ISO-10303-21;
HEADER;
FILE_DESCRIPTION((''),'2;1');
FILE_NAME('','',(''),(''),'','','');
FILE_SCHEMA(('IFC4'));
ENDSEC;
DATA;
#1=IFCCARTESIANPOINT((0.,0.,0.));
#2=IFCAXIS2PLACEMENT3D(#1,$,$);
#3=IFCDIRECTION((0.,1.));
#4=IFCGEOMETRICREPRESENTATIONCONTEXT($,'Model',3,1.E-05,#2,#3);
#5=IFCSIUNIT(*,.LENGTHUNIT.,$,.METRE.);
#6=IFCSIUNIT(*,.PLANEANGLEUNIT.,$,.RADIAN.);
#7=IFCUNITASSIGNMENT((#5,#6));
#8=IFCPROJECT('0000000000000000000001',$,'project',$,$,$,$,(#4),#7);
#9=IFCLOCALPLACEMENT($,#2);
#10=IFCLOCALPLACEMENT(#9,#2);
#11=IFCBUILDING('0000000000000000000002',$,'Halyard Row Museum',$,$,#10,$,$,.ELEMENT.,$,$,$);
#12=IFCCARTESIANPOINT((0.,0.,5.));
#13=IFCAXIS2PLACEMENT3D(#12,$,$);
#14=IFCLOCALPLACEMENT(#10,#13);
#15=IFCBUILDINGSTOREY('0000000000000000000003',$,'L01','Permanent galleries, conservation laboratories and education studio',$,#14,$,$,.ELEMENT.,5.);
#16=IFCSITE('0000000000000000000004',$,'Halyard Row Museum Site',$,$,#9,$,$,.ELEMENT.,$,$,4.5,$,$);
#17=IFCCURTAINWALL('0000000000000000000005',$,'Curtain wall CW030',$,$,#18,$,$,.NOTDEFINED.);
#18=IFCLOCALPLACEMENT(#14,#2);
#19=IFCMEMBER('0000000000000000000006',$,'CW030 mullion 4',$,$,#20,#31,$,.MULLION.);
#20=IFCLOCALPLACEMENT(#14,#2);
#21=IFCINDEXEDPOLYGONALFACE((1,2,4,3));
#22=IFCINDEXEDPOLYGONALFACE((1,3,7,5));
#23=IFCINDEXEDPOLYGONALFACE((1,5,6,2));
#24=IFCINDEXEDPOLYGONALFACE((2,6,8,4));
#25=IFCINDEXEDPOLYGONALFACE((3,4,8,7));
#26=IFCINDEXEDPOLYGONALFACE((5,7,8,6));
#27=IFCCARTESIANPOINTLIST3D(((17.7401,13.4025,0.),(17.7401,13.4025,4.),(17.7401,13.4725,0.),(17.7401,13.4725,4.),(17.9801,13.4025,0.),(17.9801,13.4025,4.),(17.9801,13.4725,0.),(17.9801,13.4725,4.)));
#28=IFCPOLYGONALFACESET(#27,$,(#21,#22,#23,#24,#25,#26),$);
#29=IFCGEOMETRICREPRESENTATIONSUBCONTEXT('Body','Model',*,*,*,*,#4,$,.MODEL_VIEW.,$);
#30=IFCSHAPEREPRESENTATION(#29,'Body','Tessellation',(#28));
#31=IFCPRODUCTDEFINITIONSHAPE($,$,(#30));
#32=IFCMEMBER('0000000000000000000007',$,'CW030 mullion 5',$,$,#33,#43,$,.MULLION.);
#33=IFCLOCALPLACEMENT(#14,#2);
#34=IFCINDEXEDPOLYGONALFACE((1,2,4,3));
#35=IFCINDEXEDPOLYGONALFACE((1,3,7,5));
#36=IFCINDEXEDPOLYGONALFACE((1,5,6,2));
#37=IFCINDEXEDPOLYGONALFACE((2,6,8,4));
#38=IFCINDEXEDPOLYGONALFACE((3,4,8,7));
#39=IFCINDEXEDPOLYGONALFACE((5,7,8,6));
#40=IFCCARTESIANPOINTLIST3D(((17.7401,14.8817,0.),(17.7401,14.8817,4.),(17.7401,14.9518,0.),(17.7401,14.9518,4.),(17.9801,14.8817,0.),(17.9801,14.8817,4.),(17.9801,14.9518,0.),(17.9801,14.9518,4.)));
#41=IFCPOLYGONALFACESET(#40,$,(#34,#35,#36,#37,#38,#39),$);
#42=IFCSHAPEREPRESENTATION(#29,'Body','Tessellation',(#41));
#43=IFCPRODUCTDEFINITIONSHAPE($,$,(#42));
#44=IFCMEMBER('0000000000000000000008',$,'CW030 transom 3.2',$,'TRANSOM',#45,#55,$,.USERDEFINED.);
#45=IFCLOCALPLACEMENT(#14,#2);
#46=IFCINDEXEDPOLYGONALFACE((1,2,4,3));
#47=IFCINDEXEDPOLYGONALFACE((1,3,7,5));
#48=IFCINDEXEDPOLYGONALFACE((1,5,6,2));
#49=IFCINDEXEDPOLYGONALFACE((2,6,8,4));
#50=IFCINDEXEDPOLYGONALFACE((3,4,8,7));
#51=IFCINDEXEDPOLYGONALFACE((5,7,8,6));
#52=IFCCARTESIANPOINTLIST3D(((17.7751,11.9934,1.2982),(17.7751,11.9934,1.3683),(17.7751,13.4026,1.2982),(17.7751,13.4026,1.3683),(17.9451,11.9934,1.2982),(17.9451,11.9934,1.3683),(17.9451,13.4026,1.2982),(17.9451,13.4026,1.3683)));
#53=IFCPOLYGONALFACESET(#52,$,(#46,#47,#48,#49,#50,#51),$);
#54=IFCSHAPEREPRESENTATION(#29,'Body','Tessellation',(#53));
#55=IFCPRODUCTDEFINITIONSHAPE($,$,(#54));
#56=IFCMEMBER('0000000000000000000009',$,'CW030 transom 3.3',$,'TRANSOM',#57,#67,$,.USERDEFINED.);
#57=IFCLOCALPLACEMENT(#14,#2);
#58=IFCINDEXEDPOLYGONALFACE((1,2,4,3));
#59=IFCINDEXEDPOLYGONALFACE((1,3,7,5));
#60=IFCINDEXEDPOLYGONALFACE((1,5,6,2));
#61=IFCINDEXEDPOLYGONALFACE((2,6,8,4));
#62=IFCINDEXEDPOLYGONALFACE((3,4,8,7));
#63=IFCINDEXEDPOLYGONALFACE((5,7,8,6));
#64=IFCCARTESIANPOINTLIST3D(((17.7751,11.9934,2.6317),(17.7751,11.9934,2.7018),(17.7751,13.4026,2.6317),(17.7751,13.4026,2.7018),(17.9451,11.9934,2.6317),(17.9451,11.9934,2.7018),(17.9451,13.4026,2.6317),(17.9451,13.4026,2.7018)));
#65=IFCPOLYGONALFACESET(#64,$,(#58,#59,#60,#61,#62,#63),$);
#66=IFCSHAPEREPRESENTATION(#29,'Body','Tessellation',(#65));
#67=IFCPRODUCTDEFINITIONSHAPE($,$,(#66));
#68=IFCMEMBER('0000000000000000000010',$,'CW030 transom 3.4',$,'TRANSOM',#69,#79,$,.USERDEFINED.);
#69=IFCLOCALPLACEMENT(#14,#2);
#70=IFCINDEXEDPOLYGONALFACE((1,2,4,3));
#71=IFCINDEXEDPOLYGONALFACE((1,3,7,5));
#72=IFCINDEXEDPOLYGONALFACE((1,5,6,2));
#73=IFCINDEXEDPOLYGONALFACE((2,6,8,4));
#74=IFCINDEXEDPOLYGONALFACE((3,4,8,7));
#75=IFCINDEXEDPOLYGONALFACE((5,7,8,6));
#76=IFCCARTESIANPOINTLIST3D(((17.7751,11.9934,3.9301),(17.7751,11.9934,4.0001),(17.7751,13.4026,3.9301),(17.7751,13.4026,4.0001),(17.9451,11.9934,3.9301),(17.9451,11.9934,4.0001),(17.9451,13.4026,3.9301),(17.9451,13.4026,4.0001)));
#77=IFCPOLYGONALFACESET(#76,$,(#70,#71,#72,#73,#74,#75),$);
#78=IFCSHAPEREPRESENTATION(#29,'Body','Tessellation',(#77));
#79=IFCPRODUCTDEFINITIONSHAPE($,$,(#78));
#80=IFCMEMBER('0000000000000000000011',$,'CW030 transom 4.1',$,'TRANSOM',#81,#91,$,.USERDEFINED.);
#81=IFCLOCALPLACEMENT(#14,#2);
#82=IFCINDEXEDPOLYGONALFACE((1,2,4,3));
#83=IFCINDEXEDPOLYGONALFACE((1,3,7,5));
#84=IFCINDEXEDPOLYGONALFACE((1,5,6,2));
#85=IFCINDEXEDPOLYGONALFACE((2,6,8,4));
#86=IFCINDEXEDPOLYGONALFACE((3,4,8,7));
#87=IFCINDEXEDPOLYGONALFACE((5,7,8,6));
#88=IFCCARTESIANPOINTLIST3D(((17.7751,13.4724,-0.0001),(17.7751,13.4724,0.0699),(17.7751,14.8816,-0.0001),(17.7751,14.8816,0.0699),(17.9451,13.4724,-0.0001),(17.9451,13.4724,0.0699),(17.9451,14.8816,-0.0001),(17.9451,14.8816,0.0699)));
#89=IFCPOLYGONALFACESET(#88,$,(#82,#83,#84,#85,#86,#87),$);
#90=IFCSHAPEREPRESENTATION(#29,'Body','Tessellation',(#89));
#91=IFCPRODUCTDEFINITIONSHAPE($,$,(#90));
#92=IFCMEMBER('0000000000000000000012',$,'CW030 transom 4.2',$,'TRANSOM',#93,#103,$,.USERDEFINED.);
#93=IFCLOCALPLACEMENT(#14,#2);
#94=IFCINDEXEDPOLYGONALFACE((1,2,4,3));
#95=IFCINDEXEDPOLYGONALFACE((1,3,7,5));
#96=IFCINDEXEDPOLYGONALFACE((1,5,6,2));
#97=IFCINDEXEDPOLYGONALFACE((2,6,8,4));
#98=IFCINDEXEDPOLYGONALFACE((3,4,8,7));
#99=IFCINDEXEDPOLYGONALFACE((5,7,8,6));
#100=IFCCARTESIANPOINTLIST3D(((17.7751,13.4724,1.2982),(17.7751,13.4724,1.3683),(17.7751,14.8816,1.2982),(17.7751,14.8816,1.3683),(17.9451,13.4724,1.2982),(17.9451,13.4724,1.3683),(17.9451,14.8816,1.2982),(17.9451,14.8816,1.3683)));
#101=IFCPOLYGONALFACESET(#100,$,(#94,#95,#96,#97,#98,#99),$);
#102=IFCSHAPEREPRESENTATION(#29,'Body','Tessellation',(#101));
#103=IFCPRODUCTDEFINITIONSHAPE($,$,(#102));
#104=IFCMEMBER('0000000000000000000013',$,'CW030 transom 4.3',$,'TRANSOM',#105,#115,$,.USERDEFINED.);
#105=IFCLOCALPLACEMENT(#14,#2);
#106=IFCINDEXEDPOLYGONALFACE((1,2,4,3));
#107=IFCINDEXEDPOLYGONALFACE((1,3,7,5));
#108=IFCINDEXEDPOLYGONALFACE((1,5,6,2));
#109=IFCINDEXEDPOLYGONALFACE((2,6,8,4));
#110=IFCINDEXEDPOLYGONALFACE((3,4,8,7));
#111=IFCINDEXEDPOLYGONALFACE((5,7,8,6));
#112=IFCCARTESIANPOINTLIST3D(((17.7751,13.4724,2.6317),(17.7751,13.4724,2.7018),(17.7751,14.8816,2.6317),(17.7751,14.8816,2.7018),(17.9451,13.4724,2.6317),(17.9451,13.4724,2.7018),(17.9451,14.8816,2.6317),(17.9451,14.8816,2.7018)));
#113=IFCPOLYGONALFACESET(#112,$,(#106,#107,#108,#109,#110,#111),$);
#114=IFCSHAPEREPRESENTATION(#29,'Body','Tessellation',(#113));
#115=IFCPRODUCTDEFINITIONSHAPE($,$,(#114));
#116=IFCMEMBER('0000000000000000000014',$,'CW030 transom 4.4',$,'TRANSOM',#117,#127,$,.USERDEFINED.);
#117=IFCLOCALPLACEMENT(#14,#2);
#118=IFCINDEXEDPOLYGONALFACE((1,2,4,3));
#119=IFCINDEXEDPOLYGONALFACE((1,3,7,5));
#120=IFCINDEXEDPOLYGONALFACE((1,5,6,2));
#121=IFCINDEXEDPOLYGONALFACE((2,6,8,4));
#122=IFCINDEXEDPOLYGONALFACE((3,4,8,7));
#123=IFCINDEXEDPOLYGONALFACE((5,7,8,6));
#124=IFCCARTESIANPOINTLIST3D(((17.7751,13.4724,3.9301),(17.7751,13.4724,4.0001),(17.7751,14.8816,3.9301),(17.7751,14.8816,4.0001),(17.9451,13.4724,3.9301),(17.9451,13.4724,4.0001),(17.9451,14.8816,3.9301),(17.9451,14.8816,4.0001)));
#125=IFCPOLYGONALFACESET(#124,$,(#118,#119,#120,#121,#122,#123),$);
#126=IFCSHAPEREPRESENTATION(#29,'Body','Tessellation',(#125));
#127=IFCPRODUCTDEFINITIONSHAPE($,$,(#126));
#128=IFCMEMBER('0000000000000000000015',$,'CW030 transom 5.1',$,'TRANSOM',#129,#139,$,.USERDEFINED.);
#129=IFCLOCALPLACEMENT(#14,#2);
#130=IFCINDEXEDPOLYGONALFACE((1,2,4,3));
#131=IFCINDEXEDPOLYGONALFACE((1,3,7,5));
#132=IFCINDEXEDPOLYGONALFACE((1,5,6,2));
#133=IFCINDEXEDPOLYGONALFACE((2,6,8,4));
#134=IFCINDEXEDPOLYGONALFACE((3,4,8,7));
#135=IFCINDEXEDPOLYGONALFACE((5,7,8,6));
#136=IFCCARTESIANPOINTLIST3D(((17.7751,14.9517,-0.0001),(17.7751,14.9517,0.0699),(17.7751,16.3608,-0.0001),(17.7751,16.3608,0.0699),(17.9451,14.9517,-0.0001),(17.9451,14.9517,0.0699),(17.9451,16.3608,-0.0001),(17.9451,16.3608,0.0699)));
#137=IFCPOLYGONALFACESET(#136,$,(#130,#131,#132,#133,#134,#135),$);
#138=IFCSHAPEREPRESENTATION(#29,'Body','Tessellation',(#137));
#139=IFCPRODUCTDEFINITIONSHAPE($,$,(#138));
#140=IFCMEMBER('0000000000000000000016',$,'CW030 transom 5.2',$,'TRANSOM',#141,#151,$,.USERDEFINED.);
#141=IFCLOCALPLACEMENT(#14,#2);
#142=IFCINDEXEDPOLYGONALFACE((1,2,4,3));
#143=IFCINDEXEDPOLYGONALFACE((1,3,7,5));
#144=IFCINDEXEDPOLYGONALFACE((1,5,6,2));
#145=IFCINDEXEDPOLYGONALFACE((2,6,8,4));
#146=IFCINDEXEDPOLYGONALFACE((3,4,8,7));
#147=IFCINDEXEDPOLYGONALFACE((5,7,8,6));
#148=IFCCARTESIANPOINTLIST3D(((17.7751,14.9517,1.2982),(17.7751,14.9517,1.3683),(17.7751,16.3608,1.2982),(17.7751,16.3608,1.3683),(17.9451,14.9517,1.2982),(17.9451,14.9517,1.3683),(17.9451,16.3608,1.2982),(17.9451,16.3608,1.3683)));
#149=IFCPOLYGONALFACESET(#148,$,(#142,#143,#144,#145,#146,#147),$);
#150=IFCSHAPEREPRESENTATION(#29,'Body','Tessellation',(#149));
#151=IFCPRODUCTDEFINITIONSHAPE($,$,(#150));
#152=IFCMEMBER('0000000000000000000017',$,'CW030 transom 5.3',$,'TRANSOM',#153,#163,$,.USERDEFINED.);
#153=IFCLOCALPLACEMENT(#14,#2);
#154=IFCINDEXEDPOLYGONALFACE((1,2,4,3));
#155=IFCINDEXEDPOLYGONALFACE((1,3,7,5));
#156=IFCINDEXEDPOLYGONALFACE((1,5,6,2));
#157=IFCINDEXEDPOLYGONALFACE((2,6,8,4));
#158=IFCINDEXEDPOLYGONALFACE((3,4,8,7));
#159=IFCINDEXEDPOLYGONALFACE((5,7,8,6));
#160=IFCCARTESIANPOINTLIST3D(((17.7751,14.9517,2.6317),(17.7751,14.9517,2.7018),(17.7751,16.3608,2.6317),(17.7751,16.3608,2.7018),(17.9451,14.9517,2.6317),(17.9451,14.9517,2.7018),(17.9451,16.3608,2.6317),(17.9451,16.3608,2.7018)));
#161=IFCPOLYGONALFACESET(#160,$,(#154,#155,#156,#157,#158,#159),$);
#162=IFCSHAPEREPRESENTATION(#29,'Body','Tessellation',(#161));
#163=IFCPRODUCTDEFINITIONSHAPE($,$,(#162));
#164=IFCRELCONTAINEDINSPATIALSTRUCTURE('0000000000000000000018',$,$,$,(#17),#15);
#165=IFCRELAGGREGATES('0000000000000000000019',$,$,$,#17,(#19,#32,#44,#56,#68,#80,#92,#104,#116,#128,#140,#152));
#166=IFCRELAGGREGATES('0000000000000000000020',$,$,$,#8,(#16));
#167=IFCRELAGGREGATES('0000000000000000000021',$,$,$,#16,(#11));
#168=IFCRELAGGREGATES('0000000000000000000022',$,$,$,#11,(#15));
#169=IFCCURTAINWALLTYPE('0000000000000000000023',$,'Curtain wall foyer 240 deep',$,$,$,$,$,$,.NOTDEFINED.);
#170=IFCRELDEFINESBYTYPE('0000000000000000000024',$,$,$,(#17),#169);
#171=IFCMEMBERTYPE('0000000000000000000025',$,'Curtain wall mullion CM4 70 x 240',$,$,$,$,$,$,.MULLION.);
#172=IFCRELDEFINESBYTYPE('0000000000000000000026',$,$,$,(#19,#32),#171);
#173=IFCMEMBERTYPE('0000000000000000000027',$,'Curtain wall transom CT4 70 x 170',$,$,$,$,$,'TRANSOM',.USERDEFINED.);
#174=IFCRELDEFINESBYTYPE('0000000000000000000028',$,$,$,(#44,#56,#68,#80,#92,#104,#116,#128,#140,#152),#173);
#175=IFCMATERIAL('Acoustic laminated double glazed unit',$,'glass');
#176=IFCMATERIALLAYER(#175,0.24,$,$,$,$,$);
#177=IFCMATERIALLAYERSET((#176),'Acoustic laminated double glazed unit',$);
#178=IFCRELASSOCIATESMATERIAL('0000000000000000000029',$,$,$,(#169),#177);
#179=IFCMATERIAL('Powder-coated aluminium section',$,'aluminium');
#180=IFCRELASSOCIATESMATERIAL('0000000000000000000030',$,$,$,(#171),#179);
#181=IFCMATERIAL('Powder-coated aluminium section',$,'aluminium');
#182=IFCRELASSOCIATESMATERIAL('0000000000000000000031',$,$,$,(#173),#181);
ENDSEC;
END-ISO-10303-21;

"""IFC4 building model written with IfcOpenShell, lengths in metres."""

from ifc_helpers import new_model, si_unit, direction, frame, origin, origin_2d, place, context, subcontext, project, spatial, rectangle, extrude, material, layer, layer_set, material_profile, profile_set, type_object, element, aggregate, save


model = new_model("IFC4")

# Units and contexts
model_context = context("Model", 3, precision=1e-05, world=origin(), true_north=direction((0.0, 1.0)))
body_context = subcontext(model_context, "Body", "Model", "MODEL_VIEW")
ifc_project = project(units=[si_unit("LENGTHUNIT", "METRE"), si_unit("PLANEANGLEUNIT", "RADIAN")], contexts=[model_context])

# Site, building, storey
site_placement = place(None, origin())
site = spatial("IfcSite", under=ifc_project, at=site_placement, Name="Halyard Row Museum Site", CompositionType="ELEMENT", RefElevation=4.5)
building_placement = place(site_placement, origin())
building = spatial("IfcBuilding", under=site, at=building_placement, Name="Halyard Row Museum", CompositionType="ELEMENT")
storey_placement = place(building_placement, frame((0.0, 0.0, 5.0)))
storey = spatial("IfcBuildingStorey", under=building, at=storey_placement, Name="L01", Description="Permanent galleries, conservation laboratories and education studio", CompositionType="ELEMENT", Elevation=5.0)

# Curtain wall, members
ifc_material_1 = material(Name="Acoustic laminated double glazed unit", Category="glass")
ifc_layer_1 = layer(ifc_material_1, 0.24)
ifc_layer_set_1 = layer_set([ifc_layer_1], Name="Acoustic laminated double glazed unit")
curtain_wall_type = type_object("IfcCurtainWallType", Name="Curtain wall foyer 240 deep", PredefinedType="NOTDEFINED", material=ifc_layer_set_1)
curtain_wall_placement = place(storey_placement, origin())
curtain_wall = element("IfcCurtainWall", 1, at=curtain_wall_placement, inside=storey, type_object=curtain_wall_type, Name="Curtain wall CW030", PredefinedType="NOTDEFINED")
ifc_material_2 = material(Name="Powder-coated aluminium section", Category="aluminium")
ifc_material_profile_1 = material_profile(ifc_material_2, rectangle(XDim=0.24, YDim=0.0701, at=origin_2d()), Name="240x70 mullion")
ifc_profile_set_1 = profile_set([ifc_material_profile_1], Name="Powder-coated aluminium section")
member_type_1 = type_object("IfcMemberType", Name="Curtain wall mullion CM4 70 x 240", PredefinedType="MULLION", material=ifc_profile_set_1)
member_1_placement = place(storey_placement, frame((17.8601, 13.4375, 0.0), z_axis=(0.0, 0.0, 1.0), x_axis=(-1.0, 0.0, 0.0)))
member_1 = element("IfcMember", 2, at=member_1_placement, type_object=member_type_1, Name="CW030 mullion 4", PredefinedType="MULLION", context=body_context, shape_type="SweptSolid", body=[
    extrude(rectangle(XDim=0.24, YDim=0.0701, at=origin_2d()), origin(), (0.0, 0.0, 1.0), 4.0),
])
member_2_placement = place(storey_placement, frame((17.8601, 14.9167, 0.0), z_axis=(0.0, 0.0, 1.0), x_axis=(-1.0, 0.0, 0.0)))
member_2 = element("IfcMember", 3, at=member_2_placement, type_object=member_type_1, Name="CW030 mullion 5", PredefinedType="MULLION", context=body_context, shape_type="SweptSolid", body=[
    extrude(rectangle(XDim=0.24, YDim=0.0701, at=origin_2d()), origin(), (0.0, 0.0, 1.0), 4.0),
])
ifc_material_3 = material(Name="Powder-coated aluminium section", Category="aluminium")
ifc_material_profile_2 = material_profile(ifc_material_3, rectangle(XDim=0.1699, YDim=0.0701, at=origin_2d()), Name="170x70 transom")
ifc_profile_set_2 = profile_set([ifc_material_profile_2], Name="Powder-coated aluminium section")
member_type_2 = type_object("IfcMemberType", Name="Curtain wall transom CT4 70 x 170", ElementType="TRANSOM", PredefinedType="USERDEFINED", material=ifc_profile_set_2)
member_3_placement = place(storey_placement, frame((17.8601, 11.9934, 1.3333), z_axis=(0.0, 1.0, 0.0), x_axis=(-1.0, 0.0, 0.0)))
member_3 = element("IfcMember", 4, at=member_3_placement, type_object=member_type_2, Name="CW030 transom 3.2", ObjectType="TRANSOM", PredefinedType="USERDEFINED", context=body_context, shape_type="SweptSolid", body=[
    extrude(rectangle(XDim=0.1699, YDim=0.0701, at=origin_2d()), origin(), (0.0, 0.0, 1.0), 1.4092),
])
member_4_placement = place(storey_placement, frame((17.8601, 11.9934, 2.6667), z_axis=(0.0, 1.0, 0.0), x_axis=(-1.0, 0.0, 0.0)))
member_4 = element("IfcMember", 5, at=member_4_placement, type_object=member_type_2, Name="CW030 transom 3.3", ObjectType="TRANSOM", PredefinedType="USERDEFINED", context=body_context, shape_type="SweptSolid", body=[
    extrude(rectangle(XDim=0.1699, YDim=0.0701, at=origin_2d()), origin(), (0.0, 0.0, 1.0), 1.4092),
])
member_5_placement = place(storey_placement, frame((17.8601, 11.9934, 3.9651), z_axis=(0.0, 1.0, 0.0), x_axis=(-1.0, 0.0, 0.0)))
member_5 = element("IfcMember", 6, at=member_5_placement, type_object=member_type_2, Name="CW030 transom 3.4", ObjectType="TRANSOM", PredefinedType="USERDEFINED", context=body_context, shape_type="SweptSolid", body=[
    extrude(rectangle(XDim=0.1699, YDim=0.0701, at=origin_2d()), origin(), (0.0, 0.0, 1.0), 1.4092),
])
member_6_placement = place(storey_placement, frame((17.8601, 13.4724, 0.0349), z_axis=(0.0, 1.0, 0.0), x_axis=(-1.0, 0.0, 0.0)))
member_6 = element("IfcMember", 7, at=member_6_placement, type_object=member_type_2, Name="CW030 transom 4.1", ObjectType="TRANSOM", PredefinedType="USERDEFINED", context=body_context, shape_type="SweptSolid", body=[
    extrude(rectangle(XDim=0.1699, YDim=0.0701, at=origin_2d()), origin(), (0.0, 0.0, 1.0), 1.4092),
])
member_7_placement = place(storey_placement, frame((17.8601, 13.4724, 1.3333), z_axis=(0.0, 1.0, 0.0), x_axis=(-1.0, 0.0, 0.0)))
member_7 = element("IfcMember", 8, at=member_7_placement, type_object=member_type_2, Name="CW030 transom 4.2", ObjectType="TRANSOM", PredefinedType="USERDEFINED", context=body_context, shape_type="SweptSolid", body=[
    extrude(rectangle(XDim=0.1699, YDim=0.0701, at=origin_2d()), origin(), (0.0, 0.0, 1.0), 1.4092),
])
member_8_placement = place(storey_placement, frame((17.8601, 13.4724, 2.6667), z_axis=(0.0, 1.0, 0.0), x_axis=(-1.0, 0.0, 0.0)))
member_8 = element("IfcMember", 9, at=member_8_placement, type_object=member_type_2, Name="CW030 transom 4.3", ObjectType="TRANSOM", PredefinedType="USERDEFINED", context=body_context, shape_type="SweptSolid", body=[
    extrude(rectangle(XDim=0.1699, YDim=0.0701, at=origin_2d()), origin(), (0.0, 0.0, 1.0), 1.4092),
])
member_9_placement = place(storey_placement, frame((17.8601, 13.4724, 3.9651), z_axis=(0.0, 1.0, 0.0), x_axis=(-1.0, 0.0, 0.0)))
member_9 = element("IfcMember", 10, at=member_9_placement, type_object=member_type_2, Name="CW030 transom 4.4", ObjectType="TRANSOM", PredefinedType="USERDEFINED", context=body_context, shape_type="SweptSolid", body=[
    extrude(rectangle(XDim=0.1699, YDim=0.0701, at=origin_2d()), origin(), (0.0, 0.0, 1.0), 1.4092),
])
member_10_placement = place(storey_placement, frame((17.8601, 14.9517, 0.0349), z_axis=(0.0, 1.0, 0.0), x_axis=(-1.0, 0.0, 0.0)))
member_10 = element("IfcMember", 11, at=member_10_placement, type_object=member_type_2, Name="CW030 transom 5.1", ObjectType="TRANSOM", PredefinedType="USERDEFINED", context=body_context, shape_type="SweptSolid", body=[
    extrude(rectangle(XDim=0.1699, YDim=0.0701, at=origin_2d()), origin(), (0.0, 0.0, 1.0), 1.4092),
])
member_11_placement = place(storey_placement, frame((17.8601, 14.9517, 1.3333), z_axis=(0.0, 1.0, 0.0), x_axis=(-1.0, 0.0, 0.0)))
member_11 = element("IfcMember", 12, at=member_11_placement, type_object=member_type_2, Name="CW030 transom 5.2", ObjectType="TRANSOM", PredefinedType="USERDEFINED", context=body_context, shape_type="SweptSolid", body=[
    extrude(rectangle(XDim=0.1699, YDim=0.0701, at=origin_2d()), origin(), (0.0, 0.0, 1.0), 1.4092),
])
member_12_placement = place(storey_placement, frame((17.8601, 14.9517, 2.6667), z_axis=(0.0, 1.0, 0.0), x_axis=(-1.0, 0.0, 0.0)))
member_12 = element("IfcMember", 13, at=member_12_placement, type_object=member_type_2, Name="CW030 transom 5.3", ObjectType="TRANSOM", PredefinedType="USERDEFINED", context=body_context, shape_type="SweptSolid", body=[
    extrude(rectangle(XDim=0.1699, YDim=0.0701, at=origin_2d()), origin(), (0.0, 0.0, 1.0), 1.4092),
])

aggregate(curtain_wall, [member_1, member_2, member_3, member_4, member_5, member_6, member_7, member_8, member_9, member_10, member_11, member_12])

save(model, "model.ifc")
